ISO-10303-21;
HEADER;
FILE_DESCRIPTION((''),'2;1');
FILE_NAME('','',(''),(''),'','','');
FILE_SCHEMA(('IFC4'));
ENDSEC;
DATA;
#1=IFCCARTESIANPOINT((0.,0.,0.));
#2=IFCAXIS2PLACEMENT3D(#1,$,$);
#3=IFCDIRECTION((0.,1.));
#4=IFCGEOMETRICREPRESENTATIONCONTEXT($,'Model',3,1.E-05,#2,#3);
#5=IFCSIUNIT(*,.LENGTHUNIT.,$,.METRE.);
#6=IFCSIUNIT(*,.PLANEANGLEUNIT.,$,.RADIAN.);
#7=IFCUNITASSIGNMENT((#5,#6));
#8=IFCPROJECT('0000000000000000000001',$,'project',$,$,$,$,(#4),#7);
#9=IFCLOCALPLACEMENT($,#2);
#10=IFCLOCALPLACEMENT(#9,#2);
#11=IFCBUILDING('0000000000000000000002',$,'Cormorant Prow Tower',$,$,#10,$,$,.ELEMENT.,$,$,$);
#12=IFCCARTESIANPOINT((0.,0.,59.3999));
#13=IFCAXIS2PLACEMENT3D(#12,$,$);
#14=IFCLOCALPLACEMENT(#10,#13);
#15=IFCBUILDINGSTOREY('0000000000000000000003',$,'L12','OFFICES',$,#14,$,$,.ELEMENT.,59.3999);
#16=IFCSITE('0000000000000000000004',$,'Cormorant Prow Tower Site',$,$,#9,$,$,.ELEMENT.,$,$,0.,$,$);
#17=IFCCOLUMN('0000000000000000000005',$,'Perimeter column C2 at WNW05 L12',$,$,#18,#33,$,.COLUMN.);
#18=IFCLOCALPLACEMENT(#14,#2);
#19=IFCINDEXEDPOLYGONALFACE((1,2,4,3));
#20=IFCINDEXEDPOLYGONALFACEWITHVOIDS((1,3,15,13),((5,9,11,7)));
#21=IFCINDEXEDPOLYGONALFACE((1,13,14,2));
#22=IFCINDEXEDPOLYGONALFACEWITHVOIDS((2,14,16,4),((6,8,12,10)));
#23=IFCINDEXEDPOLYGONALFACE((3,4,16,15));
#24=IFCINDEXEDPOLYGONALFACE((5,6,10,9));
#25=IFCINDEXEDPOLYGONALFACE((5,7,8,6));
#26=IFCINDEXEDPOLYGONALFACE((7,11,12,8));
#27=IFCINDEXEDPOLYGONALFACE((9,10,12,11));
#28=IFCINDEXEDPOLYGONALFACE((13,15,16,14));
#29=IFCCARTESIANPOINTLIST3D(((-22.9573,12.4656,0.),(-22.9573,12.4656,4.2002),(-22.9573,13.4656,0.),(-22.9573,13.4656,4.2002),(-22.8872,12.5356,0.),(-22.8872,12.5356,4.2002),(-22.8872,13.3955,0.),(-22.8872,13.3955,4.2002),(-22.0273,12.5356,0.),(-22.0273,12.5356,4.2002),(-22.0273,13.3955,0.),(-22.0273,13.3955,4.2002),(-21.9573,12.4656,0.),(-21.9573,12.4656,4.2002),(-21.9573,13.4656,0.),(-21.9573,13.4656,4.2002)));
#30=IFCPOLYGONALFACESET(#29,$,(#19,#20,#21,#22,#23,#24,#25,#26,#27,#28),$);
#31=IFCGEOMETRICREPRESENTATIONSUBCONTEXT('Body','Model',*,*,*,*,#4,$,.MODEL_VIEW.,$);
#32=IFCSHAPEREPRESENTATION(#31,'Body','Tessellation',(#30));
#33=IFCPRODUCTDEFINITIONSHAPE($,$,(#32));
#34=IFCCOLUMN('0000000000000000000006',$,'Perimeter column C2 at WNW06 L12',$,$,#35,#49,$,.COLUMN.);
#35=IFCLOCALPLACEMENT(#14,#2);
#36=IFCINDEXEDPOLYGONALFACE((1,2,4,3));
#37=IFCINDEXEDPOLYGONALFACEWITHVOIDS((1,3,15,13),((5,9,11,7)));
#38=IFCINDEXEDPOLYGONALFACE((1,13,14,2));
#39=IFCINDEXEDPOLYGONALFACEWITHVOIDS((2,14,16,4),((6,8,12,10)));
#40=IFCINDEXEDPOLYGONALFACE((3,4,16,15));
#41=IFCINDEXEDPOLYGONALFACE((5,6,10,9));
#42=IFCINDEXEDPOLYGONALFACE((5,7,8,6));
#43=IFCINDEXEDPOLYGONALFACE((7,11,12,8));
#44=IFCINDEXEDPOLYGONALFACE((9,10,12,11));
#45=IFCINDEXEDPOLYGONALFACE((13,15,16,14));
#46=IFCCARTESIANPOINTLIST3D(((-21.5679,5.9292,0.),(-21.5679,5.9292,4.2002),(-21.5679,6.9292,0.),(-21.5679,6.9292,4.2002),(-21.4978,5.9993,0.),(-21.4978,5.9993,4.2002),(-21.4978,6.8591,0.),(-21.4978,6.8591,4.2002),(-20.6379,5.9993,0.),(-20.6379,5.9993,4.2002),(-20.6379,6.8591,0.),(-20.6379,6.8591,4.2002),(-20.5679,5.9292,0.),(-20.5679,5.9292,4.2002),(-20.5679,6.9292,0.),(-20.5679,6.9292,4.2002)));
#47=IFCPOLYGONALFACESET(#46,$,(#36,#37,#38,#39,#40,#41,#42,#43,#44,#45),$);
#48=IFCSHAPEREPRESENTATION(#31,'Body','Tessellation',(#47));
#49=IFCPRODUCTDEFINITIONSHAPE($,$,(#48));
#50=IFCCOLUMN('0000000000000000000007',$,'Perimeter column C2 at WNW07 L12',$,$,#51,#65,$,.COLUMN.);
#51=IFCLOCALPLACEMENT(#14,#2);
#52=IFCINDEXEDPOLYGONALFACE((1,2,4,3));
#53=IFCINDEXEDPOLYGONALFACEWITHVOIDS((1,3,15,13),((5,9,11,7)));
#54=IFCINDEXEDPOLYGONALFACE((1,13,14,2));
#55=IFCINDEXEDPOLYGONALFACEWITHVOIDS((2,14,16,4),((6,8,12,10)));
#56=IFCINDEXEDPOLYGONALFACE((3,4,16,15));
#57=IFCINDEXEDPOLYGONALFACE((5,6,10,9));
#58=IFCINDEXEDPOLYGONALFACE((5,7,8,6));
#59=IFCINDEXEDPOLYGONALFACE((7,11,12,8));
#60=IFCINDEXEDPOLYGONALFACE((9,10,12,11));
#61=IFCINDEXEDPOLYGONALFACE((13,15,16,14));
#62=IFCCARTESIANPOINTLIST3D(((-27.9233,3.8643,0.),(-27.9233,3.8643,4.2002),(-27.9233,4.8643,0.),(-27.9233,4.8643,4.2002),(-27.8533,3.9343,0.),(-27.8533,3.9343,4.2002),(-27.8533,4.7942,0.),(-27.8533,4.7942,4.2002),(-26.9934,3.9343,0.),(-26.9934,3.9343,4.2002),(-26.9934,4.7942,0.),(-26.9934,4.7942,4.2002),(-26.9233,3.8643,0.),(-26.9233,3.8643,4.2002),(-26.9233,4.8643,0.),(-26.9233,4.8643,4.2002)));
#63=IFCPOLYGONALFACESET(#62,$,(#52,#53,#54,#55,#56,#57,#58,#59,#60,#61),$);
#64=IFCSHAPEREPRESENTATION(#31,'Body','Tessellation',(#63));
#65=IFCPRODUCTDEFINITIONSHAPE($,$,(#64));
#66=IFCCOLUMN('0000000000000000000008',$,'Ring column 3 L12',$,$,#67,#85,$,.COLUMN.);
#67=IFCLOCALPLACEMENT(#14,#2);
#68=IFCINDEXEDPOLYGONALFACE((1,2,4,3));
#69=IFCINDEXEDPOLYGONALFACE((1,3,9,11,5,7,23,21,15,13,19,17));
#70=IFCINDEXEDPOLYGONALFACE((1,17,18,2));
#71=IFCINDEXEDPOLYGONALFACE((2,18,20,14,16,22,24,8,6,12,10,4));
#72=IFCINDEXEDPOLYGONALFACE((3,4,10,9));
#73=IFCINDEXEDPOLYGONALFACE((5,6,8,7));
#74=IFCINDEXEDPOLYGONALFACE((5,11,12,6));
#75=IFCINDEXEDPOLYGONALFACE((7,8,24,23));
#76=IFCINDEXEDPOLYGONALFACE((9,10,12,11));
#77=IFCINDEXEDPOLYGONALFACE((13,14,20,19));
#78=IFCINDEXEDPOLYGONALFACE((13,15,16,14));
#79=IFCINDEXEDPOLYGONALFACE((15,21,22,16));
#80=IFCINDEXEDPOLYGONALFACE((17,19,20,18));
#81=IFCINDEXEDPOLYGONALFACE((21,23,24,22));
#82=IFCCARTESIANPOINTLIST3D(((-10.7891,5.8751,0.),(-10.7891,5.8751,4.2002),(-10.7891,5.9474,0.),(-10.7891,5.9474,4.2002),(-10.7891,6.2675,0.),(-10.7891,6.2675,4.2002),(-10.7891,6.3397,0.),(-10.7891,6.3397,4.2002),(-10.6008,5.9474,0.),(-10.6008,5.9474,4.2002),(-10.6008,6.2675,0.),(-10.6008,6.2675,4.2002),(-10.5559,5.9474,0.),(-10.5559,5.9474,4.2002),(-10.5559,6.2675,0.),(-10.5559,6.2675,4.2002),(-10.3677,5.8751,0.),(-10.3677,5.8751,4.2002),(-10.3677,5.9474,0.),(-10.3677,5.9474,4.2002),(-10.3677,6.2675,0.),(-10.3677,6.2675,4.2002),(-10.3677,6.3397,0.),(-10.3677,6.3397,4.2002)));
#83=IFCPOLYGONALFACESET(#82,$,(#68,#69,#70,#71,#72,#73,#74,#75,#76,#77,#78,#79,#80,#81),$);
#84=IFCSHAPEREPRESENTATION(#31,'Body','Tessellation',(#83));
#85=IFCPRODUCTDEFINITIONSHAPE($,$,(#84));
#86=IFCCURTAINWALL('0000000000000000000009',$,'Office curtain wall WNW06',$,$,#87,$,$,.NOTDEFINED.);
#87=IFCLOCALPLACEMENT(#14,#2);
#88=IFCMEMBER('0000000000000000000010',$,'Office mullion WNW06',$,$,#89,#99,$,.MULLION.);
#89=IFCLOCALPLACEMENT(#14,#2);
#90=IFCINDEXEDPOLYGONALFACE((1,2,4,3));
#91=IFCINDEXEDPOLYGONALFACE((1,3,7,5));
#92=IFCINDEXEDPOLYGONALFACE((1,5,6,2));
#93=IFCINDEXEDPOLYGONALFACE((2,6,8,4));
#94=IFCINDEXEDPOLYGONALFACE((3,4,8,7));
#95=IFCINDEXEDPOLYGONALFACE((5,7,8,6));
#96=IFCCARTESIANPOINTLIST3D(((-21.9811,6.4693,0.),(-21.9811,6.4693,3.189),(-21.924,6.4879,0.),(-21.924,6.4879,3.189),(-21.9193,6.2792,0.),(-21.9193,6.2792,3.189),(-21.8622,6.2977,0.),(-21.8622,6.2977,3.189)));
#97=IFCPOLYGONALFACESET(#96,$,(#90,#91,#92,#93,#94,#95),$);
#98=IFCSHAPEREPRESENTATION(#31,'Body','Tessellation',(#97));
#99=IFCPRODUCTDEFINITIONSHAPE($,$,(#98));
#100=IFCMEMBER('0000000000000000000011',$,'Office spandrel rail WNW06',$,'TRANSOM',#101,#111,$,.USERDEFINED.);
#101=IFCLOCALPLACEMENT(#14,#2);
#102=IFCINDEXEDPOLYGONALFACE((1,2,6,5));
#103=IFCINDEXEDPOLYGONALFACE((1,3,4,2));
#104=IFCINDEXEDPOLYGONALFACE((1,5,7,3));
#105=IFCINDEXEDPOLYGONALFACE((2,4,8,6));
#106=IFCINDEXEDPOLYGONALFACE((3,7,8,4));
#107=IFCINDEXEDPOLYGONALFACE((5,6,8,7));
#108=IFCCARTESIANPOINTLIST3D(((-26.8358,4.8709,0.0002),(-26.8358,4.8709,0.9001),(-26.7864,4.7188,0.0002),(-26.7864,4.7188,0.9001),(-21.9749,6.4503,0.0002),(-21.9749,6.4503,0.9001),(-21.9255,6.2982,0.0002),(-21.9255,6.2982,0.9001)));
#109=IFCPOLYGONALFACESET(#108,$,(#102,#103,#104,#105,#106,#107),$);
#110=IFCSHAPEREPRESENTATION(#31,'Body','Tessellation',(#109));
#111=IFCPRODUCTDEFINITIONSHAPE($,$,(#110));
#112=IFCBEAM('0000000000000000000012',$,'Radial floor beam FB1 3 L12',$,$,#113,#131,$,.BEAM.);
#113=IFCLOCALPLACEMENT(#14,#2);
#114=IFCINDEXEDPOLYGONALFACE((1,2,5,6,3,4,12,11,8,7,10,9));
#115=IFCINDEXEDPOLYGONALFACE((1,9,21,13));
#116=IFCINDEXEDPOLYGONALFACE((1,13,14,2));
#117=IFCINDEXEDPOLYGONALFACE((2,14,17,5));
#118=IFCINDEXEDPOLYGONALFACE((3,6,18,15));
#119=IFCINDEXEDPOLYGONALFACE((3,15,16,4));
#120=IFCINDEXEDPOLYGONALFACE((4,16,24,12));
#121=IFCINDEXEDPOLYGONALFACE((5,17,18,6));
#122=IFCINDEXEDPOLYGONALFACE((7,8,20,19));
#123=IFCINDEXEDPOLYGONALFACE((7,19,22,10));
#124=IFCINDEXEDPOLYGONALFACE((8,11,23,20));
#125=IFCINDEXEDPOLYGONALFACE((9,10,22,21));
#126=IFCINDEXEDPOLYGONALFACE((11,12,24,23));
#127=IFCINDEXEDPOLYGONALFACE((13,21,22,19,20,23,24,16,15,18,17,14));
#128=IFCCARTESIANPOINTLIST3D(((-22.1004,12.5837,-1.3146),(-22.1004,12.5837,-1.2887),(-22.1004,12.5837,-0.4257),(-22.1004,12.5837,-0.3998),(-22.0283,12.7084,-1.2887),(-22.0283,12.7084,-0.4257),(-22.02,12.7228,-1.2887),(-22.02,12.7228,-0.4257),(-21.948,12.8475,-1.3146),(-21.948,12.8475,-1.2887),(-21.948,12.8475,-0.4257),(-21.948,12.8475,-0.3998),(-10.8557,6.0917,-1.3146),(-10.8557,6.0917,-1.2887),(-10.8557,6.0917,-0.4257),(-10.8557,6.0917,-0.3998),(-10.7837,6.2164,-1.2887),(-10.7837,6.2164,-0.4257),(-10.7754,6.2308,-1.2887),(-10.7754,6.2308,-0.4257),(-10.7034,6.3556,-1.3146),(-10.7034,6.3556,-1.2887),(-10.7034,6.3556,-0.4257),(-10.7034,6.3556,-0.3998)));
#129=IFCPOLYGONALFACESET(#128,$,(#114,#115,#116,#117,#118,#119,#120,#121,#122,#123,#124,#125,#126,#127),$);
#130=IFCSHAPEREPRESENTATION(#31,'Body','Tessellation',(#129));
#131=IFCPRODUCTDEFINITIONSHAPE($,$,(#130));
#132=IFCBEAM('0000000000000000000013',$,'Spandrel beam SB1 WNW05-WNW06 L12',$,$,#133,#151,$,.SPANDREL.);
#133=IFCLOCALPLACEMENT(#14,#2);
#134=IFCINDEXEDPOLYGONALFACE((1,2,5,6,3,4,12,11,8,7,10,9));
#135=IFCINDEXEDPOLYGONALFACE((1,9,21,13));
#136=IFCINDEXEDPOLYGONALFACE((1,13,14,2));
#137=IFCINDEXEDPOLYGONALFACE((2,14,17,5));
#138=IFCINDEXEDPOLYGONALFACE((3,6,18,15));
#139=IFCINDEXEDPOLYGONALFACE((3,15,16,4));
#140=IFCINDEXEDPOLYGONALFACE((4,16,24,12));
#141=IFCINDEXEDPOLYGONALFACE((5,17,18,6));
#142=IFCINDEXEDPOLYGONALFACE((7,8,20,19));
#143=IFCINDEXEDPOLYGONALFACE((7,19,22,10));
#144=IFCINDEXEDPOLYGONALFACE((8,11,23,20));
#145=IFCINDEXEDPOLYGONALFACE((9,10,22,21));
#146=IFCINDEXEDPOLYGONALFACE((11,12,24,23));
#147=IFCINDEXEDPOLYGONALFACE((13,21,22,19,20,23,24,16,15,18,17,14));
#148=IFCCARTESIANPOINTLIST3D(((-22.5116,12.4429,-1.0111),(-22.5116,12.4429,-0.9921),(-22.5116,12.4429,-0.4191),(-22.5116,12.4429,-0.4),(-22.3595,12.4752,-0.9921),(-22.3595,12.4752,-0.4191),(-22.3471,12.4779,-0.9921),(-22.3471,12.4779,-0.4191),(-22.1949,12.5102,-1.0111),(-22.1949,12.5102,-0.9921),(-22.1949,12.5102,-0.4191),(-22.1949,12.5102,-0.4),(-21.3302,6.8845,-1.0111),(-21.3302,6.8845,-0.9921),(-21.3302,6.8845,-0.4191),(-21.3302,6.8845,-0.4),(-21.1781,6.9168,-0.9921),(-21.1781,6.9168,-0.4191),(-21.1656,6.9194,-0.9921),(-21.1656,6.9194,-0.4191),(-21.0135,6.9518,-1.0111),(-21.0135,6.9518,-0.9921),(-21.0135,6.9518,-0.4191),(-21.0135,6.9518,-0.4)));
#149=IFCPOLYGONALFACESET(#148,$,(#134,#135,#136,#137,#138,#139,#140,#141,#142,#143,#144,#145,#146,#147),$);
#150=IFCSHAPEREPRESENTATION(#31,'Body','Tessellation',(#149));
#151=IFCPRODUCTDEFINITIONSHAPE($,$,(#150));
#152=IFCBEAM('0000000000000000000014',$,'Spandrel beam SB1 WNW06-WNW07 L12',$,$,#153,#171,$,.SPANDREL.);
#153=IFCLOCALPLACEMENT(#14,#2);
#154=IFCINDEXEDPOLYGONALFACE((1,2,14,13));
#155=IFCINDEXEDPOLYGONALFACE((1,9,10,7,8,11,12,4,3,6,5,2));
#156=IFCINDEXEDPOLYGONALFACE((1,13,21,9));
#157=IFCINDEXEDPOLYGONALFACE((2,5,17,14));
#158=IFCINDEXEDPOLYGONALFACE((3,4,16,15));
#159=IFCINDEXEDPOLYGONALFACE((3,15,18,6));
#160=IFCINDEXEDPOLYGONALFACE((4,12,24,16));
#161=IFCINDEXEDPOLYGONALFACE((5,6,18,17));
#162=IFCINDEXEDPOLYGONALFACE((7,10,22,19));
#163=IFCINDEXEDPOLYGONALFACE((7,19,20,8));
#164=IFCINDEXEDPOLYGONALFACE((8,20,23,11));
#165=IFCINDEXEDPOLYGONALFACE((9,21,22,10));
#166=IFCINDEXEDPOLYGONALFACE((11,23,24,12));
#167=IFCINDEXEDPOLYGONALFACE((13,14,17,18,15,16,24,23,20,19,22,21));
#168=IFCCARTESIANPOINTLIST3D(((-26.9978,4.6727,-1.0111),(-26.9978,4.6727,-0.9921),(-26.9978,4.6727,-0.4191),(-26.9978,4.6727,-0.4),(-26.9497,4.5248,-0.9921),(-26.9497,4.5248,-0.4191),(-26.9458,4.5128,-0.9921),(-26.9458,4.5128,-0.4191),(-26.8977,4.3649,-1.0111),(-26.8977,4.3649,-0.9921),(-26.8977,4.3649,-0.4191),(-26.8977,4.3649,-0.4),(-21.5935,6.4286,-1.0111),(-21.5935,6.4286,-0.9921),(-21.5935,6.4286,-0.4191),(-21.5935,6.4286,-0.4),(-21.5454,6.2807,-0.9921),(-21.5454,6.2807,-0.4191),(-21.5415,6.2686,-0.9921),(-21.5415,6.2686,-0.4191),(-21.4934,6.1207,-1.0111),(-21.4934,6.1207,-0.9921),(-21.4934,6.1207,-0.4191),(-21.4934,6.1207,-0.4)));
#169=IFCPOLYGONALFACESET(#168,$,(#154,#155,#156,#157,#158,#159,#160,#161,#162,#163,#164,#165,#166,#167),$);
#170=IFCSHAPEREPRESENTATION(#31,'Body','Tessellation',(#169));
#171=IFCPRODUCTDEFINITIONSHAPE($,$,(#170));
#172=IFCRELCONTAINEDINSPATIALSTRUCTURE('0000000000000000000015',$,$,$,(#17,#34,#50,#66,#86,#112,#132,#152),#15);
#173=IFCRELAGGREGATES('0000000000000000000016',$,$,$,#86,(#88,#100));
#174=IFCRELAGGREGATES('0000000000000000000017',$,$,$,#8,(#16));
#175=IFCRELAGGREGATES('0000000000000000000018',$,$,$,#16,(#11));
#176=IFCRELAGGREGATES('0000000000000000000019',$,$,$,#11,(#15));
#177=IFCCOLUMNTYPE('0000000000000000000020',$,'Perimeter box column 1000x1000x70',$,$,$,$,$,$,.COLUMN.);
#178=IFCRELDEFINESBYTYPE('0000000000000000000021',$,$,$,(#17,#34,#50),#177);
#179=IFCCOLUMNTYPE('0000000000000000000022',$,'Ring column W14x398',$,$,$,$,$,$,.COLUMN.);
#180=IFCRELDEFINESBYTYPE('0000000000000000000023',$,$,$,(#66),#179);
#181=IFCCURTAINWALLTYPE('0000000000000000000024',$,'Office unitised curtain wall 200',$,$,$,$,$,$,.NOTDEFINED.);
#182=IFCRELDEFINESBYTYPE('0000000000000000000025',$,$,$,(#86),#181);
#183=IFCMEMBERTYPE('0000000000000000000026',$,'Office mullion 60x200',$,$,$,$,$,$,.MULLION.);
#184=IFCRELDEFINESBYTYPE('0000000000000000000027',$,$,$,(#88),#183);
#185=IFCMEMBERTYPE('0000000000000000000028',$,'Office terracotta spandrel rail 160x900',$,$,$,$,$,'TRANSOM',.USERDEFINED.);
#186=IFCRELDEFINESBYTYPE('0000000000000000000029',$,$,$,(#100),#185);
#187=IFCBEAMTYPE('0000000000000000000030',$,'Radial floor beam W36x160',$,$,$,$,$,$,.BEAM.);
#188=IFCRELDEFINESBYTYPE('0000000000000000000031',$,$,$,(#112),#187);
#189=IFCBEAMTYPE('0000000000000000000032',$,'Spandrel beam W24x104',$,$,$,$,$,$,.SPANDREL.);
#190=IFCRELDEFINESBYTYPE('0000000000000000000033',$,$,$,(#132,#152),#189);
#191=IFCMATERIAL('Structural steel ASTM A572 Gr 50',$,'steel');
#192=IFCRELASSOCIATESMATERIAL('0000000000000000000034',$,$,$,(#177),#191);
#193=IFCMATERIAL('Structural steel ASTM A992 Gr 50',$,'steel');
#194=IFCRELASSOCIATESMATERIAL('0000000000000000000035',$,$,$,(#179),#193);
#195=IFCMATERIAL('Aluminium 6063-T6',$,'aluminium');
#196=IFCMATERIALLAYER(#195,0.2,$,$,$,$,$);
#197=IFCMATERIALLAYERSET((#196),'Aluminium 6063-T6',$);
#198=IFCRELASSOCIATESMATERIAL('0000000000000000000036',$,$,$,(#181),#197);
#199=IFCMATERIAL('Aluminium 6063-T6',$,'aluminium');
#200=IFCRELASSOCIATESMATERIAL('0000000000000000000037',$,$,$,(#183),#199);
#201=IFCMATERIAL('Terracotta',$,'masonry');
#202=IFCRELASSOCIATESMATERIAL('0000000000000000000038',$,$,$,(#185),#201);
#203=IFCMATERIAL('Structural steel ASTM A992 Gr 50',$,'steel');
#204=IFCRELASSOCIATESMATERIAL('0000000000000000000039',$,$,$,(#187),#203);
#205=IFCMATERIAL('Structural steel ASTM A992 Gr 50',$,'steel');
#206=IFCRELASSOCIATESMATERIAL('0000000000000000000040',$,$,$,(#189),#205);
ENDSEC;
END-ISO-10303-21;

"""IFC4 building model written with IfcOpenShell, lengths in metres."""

from ifc_helpers import new_model, si_unit, direction, frame, origin, origin_2d, place, context, subcontext, project, spatial, rectangle, hollow_rectangle, i_section, extrude, material, layer, layer_set, material_profile, profile_set, type_object, element, aggregate, save


model = new_model("IFC4")

# Units and contexts
model_context = context("Model", 3, precision=1e-05, world=origin(), true_north=direction((0.0, 1.0)))
body_context = subcontext(model_context, "Body", "Model", "MODEL_VIEW")
ifc_project = project(units=[si_unit("LENGTHUNIT", "METRE"), si_unit("PLANEANGLEUNIT", "RADIAN")], contexts=[model_context])

# Site, building, storey
site_placement = place(None, origin())
site = spatial("IfcSite", under=ifc_project, at=site_placement, Name="Cormorant Prow Tower Site", CompositionType="ELEMENT", RefElevation=0.0)
building_placement = place(site_placement, origin())
building = spatial("IfcBuilding", under=site, at=building_placement, Name="Cormorant Prow Tower", CompositionType="ELEMENT")
storey_placement = place(building_placement, frame((0.0, 0.0, 59.3999)))
storey = spatial("IfcBuildingStorey", under=building, at=storey_placement, Name="L12", Description="OFFICES", CompositionType="ELEMENT", Elevation=59.3999)

# Columns
ifc_material_1 = material(Name="Structural steel ASTM A572 Gr 50", Category="steel")
ifc_material_profile_1 = material_profile(ifc_material_1, hollow_rectangle(XDim=1.0, YDim=1.0, WallThickness=0.0701, at=origin_2d()), Name="Box 1000x1000x70")
ifc_profile_set_1 = profile_set([ifc_material_profile_1], Name="Structural steel ASTM A572 Gr 50")
column_type_1 = type_object("IfcColumnType", Name="Perimeter box column 1000x1000x70", PredefinedType="COLUMN", material=ifc_profile_set_1)
for number, where, z_axis, x_axis, name in (
    (1, (-22.4573, 12.9656, 0.0), (0.0, 0.0, 1.0), (1.0, 0.0, 0.0), "Perimeter column C2 at WNW05 L12"),
    (2, (-21.0679, 6.4292, 0.0), (0.0, 0.0, 1.0), (1.0, 0.0, 0.0), "Perimeter column C2 at WNW06 L12"),
    (3, (-27.4233, 4.3643, 0.0), (0.0, 0.0, 1.0), (1.0, 0.0, 0.0), "Perimeter column C2 at WNW07 L12"),
):
    element("IfcColumn", number, at=place(storey_placement, frame(where, z_axis=z_axis, x_axis=x_axis)), inside=storey, type_object=column_type_1, Name=name, PredefinedType="COLUMN", context=body_context, shape_type="SweptSolid", body=[
        extrude(hollow_rectangle(XDim=1.0, YDim=1.0, WallThickness=0.0701, at=origin_2d()), origin(), (0.0, 0.0, 1.0), 4.2002),
    ])
ifc_material_2 = material(Name="Structural steel ASTM A992 Gr 50", Category="steel")
ifc_material_profile_2 = material_profile(ifc_material_2, i_section(OverallWidth=0.4214, OverallDepth=0.4646, WebThickness=0.0449, FlangeThickness=0.0723, at=origin_2d()), Name="W14x398")
ifc_profile_set_2 = profile_set([ifc_material_profile_2], Name="Structural steel ASTM A992 Gr 50")
column_type_2 = type_object("IfcColumnType", Name="Ring column W14x398", PredefinedType="COLUMN", material=ifc_profile_set_2)
column_placement = place(storey_placement, frame((-10.5784, 6.1074, 0.0), z_axis=(0.0, 0.0, 1.0), x_axis=(1.0, 0.0, 0.0)))
element("IfcColumn", 4, at=column_placement, inside=storey, type_object=column_type_2, Name="Ring column 3 L12", PredefinedType="COLUMN", context=body_context, shape_type="SweptSolid", body=[
    extrude(i_section(OverallWidth=0.4214, OverallDepth=0.4646, WebThickness=0.0449, FlangeThickness=0.0723, at=origin_2d()), origin(), (0.0, 0.0, 1.0), 4.2002),
])

# Curtain wall, members
ifc_material_3 = material(Name="Aluminium 6063-T6", Category="aluminium")
ifc_layer_1 = layer(ifc_material_3, 0.2)
ifc_layer_set_1 = layer_set([ifc_layer_1], Name="Aluminium 6063-T6")
curtain_wall_type = type_object("IfcCurtainWallType", Name="Office unitised curtain wall 200", PredefinedType="NOTDEFINED", material=ifc_layer_set_1)
curtain_wall_1_placement = place(storey_placement, origin())
curtain_wall_1 = element("IfcCurtainWall", 5, at=curtain_wall_1_placement, inside=storey, type_object=curtain_wall_type, Name="Office curtain wall WNW06", PredefinedType="NOTDEFINED")
ifc_material_4 = material(Name="Aluminium 6063-T6", Category="aluminium")
ifc_material_profile_3 = material_profile(ifc_material_4, rectangle(XDim=0.2, YDim=0.0601, at=origin_2d()), Name="Office mullion 60x200")
ifc_profile_set_3 = profile_set([ifc_material_profile_3], Name="Aluminium 6063-T6")
member_type_1 = type_object("IfcMemberType", Name="Office mullion 60x200", PredefinedType="MULLION", material=ifc_profile_set_3)
member_1_placement = place(storey_placement, frame((-21.9216, 6.3835, 0.0), z_axis=(0.0, 0.0, 1.0), x_axis=(0.309017, -0.951057, 0.0)))
member_1 = element("IfcMember", 6, at=member_1_placement, type_object=member_type_1, Name="Office mullion WNW06", PredefinedType="MULLION", context=body_context, shape_type="SweptSolid", body=[
    extrude(rectangle(XDim=0.2, YDim=0.0601, at=origin_2d()), origin(), (0.0, 0.0, 1.0), 3.189),
])
ifc_material_5 = material(Name="Terracotta", Category="masonry")
ifc_material_profile_4 = material_profile(ifc_material_5, rectangle(XDim=0.1599, YDim=0.8999, at=origin_2d()), Name="Office terracotta spandrel rail 160x900")
ifc_profile_set_4 = profile_set([ifc_material_profile_4], Name="Terracotta")
member_type_2 = type_object("IfcMemberType", Name="Office terracotta spandrel rail 160x900", ElementType="TRANSOM", PredefinedType="USERDEFINED", material=ifc_profile_set_4)
member_2_placement = place(storey_placement, frame((-21.9502, 6.3743, 0.4502), z_axis=(-0.951059, -0.30901, 0.0), x_axis=(0.30901, -0.951059, 0.0)))
member_2 = element("IfcMember", 7, at=member_2_placement, type_object=member_type_2, Name="Office spandrel rail WNW06", ObjectType="TRANSOM", PredefinedType="USERDEFINED", context=body_context, shape_type="SweptSolid", body=[
    extrude(rectangle(XDim=0.1599, YDim=0.8999, at=origin_2d()), origin(), (0.0, 0.0, 1.0), 5.1111),
])

# Beams
ifc_material_6 = material(Name="Structural steel ASTM A992 Gr 50", Category="steel")
ifc_material_profile_5 = material_profile(ifc_material_6, i_section(OverallWidth=0.3047, OverallDepth=0.9148, WebThickness=0.0166, FlangeThickness=0.0259, at=origin_2d()), Name="W36x160")
ifc_profile_set_5 = profile_set([ifc_material_profile_5], Name="Structural steel ASTM A992 Gr 50")
beam_type_1 = type_object("IfcBeamType", Name="Radial floor beam W36x160", PredefinedType="BEAM", material=ifc_profile_set_5)
beam_1_placement = place(storey_placement, frame((-10.7795, 6.2236, -0.8572), z_axis=(-0.86603, 0.499992, 0.0), x_axis=(-0.499992, -0.86603, 0.0)))
element("IfcBeam", 8, at=beam_1_placement, inside=storey, type_object=beam_type_1, Name="Radial floor beam FB1 3 L12", PredefinedType="BEAM", context=body_context, shape_type="SweptSolid", body=[
    extrude(i_section(OverallWidth=0.3047, OverallDepth=0.9148, WebThickness=0.0166, FlangeThickness=0.0259, at=origin_2d()), origin(), (0.0, 0.0, 1.0), 12.9841),
])
ifc_material_7 = material(Name="Structural steel ASTM A992 Gr 50", Category="steel")
ifc_material_profile_6 = material_profile(ifc_material_7, i_section(OverallWidth=0.3237, OverallDepth=0.6111, WebThickness=0.0127, FlangeThickness=0.019, at=origin_2d()), Name="W24x104")
ifc_profile_set_6 = profile_set([ifc_material_profile_6], Name="Structural steel ASTM A992 Gr 50")
beam_type_2 = type_object("IfcBeamType", Name="Spandrel beam W24x104", PredefinedType="SPANDREL", material=ifc_profile_set_6)
beam_2_placement = place(storey_placement, frame((-22.3533, 12.4766, -0.7056), z_axis=(0.2079, -0.97815, 0.0), x_axis=(0.97815, 0.2079, 0.0)))
element("IfcBeam", 9, at=beam_2_placement, inside=storey, type_object=beam_type_2, Name="Spandrel beam SB1 WNW05-WNW06 L12", PredefinedType="SPANDREL", context=body_context, shape_type="SweptSolid", body=[
    extrude(i_section(OverallWidth=0.3237, OverallDepth=0.6111, WebThickness=0.0127, FlangeThickness=0.019, at=origin_2d()), origin(), (0.0, 0.0, 1.0), 5.6826),
])
beam_3_placement = place(storey_placement, frame((-21.5435, 6.2747, -0.7056), z_axis=(-0.951062, -0.309001, 0.0), x_axis=(0.309001, -0.951062, 0.0)))
element("IfcBeam", 10, at=beam_3_placement, inside=storey, type_object=beam_type_2, Name="Spandrel beam SB1 WNW06-WNW07 L12", PredefinedType="SPANDREL", context=body_context, shape_type="SweptSolid", body=[
    extrude(i_section(OverallWidth=0.3237, OverallDepth=0.6111, WebThickness=0.0127, FlangeThickness=0.019, at=origin_2d()), origin(), (0.0, 0.0, 1.0), 5.6824),
])

aggregate(curtain_wall_1, [member_1, member_2])

save(model, "model.ifc")
